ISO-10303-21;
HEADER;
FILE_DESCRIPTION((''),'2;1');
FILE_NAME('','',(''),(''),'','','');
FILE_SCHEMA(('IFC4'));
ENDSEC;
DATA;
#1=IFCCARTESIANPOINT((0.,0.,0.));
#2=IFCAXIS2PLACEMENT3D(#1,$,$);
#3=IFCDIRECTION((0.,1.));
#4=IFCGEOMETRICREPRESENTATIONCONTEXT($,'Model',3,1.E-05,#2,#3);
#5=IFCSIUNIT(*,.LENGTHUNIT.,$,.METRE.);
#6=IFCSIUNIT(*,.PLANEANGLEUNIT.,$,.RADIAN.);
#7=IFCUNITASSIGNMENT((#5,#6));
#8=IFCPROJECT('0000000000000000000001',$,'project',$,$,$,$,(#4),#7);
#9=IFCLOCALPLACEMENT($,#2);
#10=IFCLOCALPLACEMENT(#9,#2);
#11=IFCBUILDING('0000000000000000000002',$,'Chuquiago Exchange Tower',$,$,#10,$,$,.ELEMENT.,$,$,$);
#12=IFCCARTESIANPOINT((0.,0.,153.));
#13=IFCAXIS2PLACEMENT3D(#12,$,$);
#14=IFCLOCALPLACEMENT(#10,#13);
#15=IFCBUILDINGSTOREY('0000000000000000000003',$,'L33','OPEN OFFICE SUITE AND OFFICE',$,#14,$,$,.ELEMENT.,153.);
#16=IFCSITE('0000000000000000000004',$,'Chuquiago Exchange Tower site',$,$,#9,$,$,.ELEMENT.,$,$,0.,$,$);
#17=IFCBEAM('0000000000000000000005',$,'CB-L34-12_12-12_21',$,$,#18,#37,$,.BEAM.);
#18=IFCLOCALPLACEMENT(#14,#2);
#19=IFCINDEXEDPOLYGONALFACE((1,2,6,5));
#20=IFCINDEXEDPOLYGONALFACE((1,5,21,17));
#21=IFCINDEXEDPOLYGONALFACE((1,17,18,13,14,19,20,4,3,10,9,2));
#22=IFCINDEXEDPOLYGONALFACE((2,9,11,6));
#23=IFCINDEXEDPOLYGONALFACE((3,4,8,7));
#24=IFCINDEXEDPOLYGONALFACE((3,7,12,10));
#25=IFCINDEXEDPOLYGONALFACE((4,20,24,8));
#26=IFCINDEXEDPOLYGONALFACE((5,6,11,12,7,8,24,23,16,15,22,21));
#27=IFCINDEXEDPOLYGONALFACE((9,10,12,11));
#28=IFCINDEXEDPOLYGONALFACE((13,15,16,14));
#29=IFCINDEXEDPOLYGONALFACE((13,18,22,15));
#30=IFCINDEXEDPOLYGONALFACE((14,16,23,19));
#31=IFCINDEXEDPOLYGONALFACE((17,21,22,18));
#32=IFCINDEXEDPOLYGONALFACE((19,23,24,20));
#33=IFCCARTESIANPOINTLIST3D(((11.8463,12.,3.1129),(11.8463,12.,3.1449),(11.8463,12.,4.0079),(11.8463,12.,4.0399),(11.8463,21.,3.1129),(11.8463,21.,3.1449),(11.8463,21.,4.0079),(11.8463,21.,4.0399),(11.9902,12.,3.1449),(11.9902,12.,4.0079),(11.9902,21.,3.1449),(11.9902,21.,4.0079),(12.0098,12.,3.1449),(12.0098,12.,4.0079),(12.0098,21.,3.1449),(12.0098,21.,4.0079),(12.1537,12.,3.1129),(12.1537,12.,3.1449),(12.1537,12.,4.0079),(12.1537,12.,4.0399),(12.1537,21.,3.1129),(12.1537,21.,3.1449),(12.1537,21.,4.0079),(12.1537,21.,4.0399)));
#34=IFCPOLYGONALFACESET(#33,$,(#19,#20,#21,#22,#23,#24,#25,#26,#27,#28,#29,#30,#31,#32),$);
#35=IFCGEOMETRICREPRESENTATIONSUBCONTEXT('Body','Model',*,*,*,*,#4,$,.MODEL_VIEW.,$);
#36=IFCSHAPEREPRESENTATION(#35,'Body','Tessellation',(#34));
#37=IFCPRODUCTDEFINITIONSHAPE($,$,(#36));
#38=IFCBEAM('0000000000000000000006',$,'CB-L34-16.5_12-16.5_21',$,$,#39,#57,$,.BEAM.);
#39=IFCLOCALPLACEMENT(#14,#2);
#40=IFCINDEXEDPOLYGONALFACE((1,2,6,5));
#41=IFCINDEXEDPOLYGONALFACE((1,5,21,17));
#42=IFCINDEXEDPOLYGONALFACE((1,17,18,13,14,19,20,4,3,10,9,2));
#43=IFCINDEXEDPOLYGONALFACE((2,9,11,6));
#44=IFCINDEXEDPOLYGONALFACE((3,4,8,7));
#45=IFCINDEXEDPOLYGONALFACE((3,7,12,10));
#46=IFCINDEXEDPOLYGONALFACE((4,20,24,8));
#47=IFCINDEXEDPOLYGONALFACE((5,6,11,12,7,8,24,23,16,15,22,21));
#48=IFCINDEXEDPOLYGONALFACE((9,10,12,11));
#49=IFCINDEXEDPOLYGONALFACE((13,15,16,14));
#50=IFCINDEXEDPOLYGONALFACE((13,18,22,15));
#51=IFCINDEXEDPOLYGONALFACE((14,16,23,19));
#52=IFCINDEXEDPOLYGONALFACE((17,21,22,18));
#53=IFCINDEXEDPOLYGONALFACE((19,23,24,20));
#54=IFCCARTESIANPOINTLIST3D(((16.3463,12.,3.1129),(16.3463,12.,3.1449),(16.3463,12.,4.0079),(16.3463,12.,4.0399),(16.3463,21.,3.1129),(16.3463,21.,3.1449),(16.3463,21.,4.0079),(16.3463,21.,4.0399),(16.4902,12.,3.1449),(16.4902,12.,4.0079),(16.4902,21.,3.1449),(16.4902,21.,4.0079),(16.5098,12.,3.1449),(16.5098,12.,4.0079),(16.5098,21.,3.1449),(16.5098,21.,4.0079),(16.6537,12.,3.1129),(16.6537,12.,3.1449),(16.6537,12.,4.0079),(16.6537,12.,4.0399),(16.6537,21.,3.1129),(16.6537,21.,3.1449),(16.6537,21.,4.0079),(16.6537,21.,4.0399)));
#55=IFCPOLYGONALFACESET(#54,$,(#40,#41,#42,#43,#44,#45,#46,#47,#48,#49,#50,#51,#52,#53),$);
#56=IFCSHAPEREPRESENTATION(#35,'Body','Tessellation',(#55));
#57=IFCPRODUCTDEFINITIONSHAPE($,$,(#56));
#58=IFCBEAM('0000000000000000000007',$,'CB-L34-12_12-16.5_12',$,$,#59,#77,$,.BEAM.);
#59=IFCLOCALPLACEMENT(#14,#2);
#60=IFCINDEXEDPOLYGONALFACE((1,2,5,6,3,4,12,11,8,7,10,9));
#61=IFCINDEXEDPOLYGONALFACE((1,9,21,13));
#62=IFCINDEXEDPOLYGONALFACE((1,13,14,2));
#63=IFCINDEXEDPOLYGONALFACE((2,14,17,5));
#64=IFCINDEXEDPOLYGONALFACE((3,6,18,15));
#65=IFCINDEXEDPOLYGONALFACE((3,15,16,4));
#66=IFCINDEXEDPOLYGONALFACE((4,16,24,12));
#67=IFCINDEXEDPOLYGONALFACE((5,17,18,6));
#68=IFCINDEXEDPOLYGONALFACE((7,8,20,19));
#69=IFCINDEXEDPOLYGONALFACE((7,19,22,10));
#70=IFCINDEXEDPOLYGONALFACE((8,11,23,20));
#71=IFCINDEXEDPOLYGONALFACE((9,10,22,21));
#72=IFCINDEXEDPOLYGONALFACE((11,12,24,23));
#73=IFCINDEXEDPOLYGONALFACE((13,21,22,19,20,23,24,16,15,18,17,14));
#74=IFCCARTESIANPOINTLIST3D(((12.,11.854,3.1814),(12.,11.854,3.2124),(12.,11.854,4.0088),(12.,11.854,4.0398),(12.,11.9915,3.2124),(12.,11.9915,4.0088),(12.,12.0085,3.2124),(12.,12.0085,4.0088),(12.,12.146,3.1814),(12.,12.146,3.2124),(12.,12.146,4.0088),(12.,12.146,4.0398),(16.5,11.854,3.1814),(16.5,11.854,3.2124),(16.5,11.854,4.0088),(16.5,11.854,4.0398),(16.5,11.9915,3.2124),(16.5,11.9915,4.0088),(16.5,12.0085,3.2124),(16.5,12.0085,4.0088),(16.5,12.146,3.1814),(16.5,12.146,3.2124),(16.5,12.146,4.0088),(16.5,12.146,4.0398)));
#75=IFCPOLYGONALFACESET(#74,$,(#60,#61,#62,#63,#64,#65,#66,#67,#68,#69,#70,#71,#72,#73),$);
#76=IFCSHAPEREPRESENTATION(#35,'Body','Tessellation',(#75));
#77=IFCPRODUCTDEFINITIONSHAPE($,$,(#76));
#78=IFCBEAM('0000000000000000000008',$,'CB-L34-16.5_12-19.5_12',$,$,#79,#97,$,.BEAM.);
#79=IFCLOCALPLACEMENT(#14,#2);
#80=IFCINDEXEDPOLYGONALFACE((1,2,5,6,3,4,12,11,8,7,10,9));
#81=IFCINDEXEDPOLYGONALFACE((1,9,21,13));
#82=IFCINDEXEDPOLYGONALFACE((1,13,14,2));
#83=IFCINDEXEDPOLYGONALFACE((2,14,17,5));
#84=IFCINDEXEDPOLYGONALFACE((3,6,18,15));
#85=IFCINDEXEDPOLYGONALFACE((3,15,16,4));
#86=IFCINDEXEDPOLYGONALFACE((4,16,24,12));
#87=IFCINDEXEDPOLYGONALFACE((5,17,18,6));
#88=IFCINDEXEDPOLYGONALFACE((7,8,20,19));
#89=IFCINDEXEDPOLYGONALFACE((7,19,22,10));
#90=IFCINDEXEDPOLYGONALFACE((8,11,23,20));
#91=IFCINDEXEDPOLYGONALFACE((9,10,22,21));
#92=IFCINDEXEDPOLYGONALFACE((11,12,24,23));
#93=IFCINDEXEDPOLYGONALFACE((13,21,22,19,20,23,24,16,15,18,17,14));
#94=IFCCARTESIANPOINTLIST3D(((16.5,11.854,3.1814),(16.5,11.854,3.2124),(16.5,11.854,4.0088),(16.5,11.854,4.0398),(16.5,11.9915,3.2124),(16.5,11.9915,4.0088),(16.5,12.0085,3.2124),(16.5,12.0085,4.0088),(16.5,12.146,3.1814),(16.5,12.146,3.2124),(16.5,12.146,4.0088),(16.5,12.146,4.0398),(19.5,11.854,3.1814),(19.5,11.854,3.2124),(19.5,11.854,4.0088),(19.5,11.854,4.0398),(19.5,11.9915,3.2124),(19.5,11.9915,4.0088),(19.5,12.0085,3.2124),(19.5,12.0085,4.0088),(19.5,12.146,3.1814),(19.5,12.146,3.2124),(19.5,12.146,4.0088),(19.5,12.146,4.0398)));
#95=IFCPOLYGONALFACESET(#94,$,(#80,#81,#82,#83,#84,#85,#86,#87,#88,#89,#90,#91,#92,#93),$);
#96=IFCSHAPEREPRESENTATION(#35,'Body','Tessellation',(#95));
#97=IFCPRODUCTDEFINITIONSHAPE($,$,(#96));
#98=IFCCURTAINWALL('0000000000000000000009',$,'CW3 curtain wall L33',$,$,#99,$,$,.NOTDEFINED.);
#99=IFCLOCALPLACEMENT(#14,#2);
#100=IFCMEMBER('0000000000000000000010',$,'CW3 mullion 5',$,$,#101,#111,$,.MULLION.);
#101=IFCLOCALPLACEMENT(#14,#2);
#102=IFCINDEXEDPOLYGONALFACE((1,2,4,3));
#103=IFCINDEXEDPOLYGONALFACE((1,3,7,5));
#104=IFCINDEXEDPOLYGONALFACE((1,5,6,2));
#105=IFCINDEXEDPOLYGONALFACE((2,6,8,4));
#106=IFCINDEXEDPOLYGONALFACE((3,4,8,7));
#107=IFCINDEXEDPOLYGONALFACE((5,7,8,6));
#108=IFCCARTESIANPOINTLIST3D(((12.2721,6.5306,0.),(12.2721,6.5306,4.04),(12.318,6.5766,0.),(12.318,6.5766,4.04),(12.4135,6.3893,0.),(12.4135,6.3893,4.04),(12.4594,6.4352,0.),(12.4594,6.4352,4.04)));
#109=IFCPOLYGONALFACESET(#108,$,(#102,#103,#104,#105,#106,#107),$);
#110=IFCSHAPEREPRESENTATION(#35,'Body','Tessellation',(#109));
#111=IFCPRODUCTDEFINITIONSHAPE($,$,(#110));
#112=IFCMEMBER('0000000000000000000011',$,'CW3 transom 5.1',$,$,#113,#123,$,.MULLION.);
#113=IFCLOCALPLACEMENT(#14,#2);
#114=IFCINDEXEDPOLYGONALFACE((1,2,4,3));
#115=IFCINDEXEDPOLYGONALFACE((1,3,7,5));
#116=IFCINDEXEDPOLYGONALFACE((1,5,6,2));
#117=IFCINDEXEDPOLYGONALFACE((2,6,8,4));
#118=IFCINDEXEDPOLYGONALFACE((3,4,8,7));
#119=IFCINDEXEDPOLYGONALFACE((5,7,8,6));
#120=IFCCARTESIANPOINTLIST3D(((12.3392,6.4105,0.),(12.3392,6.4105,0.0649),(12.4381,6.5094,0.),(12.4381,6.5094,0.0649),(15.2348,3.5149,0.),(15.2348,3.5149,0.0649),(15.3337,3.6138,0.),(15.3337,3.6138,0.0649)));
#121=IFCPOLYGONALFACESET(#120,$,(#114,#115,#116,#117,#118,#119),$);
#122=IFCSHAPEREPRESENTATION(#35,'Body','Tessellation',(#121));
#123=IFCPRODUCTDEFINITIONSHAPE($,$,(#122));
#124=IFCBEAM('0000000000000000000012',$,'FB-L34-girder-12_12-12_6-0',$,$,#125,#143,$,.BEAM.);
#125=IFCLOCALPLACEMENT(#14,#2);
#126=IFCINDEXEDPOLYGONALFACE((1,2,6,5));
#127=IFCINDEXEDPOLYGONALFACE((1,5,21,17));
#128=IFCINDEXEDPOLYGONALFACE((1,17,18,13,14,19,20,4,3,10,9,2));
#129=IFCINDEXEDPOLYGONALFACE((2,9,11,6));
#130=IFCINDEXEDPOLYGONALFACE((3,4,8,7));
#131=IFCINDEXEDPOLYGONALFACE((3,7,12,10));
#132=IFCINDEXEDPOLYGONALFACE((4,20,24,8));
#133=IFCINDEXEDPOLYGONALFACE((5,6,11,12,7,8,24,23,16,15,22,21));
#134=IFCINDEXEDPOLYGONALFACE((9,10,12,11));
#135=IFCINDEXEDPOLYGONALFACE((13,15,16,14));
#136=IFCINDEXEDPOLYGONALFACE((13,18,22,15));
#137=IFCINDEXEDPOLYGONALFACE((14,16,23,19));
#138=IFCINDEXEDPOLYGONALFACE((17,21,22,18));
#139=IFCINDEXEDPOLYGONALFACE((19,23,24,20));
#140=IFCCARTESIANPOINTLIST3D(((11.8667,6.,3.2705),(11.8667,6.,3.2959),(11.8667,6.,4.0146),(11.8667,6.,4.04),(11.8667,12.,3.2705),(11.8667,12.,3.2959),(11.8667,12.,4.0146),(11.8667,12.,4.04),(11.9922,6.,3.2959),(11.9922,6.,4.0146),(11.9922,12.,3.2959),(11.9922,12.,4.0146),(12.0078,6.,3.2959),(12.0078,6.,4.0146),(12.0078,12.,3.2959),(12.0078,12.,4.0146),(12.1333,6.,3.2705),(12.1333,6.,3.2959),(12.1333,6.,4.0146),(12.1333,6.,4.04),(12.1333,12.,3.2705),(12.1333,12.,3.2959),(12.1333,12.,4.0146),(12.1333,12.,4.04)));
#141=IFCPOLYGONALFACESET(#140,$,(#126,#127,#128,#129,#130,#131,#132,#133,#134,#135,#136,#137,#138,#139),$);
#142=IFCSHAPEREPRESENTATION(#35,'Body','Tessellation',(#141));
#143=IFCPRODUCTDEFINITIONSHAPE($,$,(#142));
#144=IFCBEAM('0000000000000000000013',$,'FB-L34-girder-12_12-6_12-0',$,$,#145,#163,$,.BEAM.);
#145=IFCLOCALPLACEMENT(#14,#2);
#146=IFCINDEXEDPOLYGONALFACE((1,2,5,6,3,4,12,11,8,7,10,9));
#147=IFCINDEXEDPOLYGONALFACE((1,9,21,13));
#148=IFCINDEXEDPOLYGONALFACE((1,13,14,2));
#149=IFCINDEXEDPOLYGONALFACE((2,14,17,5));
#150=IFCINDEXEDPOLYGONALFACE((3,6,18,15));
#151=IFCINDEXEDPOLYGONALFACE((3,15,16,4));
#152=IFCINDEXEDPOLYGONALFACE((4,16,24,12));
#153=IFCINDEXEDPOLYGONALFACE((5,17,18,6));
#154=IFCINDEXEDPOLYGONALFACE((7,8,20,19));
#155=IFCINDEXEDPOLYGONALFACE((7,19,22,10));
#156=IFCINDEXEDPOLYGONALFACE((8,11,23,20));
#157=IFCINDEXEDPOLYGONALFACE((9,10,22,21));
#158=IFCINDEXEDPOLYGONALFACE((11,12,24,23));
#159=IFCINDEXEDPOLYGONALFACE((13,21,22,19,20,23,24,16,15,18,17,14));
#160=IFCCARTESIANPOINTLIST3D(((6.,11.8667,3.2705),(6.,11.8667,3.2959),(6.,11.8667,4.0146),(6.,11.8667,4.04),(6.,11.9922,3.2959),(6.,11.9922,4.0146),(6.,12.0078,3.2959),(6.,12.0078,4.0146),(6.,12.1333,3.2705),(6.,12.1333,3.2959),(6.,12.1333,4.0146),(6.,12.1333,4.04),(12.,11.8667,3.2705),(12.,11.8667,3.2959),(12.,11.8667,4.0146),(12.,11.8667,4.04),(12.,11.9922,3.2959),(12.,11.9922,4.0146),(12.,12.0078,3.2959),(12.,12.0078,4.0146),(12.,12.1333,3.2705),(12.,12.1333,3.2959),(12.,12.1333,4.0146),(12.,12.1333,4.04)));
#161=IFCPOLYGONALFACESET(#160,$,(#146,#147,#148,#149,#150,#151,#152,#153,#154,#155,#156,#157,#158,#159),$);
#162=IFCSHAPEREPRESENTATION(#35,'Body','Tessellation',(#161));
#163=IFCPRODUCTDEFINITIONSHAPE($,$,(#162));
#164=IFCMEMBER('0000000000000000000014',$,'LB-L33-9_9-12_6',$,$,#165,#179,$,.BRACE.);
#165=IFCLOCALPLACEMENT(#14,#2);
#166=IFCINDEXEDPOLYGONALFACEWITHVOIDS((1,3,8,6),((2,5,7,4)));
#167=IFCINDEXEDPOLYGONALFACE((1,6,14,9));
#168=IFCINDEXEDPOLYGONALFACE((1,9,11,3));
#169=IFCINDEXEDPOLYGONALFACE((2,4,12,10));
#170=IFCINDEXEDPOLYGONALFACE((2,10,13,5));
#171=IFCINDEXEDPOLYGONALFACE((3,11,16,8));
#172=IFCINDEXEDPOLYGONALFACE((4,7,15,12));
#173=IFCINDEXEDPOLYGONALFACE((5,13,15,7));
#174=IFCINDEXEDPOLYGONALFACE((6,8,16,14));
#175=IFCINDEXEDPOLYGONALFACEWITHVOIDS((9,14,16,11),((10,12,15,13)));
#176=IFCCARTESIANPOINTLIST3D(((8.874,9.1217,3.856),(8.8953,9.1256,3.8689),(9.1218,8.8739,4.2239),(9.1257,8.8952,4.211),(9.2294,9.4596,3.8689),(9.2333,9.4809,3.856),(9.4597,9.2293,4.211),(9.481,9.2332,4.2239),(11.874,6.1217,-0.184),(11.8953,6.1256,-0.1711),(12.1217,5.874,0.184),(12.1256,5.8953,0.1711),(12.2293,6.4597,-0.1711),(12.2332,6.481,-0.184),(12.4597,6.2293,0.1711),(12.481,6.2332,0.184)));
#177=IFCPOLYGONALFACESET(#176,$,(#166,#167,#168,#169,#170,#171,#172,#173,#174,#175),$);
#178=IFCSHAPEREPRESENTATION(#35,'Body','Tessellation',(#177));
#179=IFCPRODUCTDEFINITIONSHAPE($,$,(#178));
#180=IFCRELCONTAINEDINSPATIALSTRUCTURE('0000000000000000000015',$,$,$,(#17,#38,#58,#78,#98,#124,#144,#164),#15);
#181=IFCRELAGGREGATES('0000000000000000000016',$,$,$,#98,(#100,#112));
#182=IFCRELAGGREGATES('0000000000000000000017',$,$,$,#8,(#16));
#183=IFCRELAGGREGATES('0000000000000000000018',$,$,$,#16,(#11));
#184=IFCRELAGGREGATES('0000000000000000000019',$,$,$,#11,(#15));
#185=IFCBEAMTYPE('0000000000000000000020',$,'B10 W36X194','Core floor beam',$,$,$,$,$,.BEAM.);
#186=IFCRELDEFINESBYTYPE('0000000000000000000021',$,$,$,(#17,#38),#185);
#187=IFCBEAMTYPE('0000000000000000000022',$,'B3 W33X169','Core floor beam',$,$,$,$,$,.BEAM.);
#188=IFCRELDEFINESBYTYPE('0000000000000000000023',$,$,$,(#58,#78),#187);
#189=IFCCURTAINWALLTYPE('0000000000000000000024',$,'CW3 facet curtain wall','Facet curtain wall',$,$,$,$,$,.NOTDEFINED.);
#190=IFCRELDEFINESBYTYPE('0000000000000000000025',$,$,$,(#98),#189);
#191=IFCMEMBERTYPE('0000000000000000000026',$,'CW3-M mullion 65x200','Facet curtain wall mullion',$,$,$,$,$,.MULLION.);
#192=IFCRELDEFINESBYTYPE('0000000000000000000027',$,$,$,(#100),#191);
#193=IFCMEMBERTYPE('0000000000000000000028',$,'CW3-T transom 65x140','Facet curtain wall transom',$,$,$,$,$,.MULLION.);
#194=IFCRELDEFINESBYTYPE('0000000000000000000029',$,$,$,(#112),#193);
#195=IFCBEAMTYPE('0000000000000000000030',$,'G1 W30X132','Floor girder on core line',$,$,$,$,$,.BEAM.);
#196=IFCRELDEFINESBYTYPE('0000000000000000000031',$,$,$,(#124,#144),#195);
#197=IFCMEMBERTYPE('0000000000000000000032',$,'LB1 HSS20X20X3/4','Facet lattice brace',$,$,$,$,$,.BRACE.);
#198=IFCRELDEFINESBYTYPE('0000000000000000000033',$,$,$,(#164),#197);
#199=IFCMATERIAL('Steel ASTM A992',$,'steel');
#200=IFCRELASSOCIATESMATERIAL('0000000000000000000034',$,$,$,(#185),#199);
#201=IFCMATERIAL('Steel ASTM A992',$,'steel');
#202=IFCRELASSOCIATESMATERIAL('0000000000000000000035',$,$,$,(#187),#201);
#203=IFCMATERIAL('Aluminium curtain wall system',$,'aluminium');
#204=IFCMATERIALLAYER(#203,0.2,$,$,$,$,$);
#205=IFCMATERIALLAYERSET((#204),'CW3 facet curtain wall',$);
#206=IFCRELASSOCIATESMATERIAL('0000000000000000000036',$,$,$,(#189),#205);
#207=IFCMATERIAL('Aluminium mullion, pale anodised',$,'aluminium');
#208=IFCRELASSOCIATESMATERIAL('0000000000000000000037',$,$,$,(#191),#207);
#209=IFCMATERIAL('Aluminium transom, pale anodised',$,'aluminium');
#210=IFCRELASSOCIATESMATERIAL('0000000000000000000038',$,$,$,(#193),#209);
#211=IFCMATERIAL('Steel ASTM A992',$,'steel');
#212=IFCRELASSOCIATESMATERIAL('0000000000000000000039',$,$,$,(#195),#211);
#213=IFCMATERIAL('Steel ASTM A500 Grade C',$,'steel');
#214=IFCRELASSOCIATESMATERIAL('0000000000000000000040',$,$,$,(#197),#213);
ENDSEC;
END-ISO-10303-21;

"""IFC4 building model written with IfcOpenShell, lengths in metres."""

from ifc_helpers import new_model, si_unit, direction, frame, origin, origin_2d, place, context, subcontext, project, spatial, rectangle, hollow_rectangle, i_section, extrude, material, layer, layer_set, material_profile, profile_set, type_object, element, aggregate, save


model = new_model("IFC4")

# Units and contexts
model_context = context("Model", 3, precision=1e-05, world=origin(), true_north=direction((0.0, 1.0)))
body_context = subcontext(model_context, "Body", "Model", "MODEL_VIEW")
ifc_project = project(units=[si_unit("LENGTHUNIT", "METRE"), si_unit("PLANEANGLEUNIT", "RADIAN")], contexts=[model_context])

# Site, building, storey
site_placement = place(None, origin())
site = spatial("IfcSite", under=ifc_project, at=site_placement, Name="Chuquiago Exchange Tower site", CompositionType="ELEMENT", RefElevation=0.0)
building_placement = place(site_placement, origin())
building = spatial("IfcBuilding", under=site, at=building_placement, Name="Chuquiago Exchange Tower", CompositionType="ELEMENT")
storey_placement = place(building_placement, frame((0.0, 0.0, 153.0)))
storey = spatial("IfcBuildingStorey", under=building, at=storey_placement, Name="L33", Description="OPEN OFFICE SUITE AND OFFICE", CompositionType="ELEMENT", Elevation=153.0)

# Beams
ifc_material_1 = material(Name="Steel ASTM A992", Category="steel")
ifc_material_profile_1 = material_profile(ifc_material_1, i_section(OverallWidth=0.3074, OverallDepth=0.927, WebThickness=0.0195, FlangeThickness=0.032, at=origin_2d()), Name="W36X194")
ifc_profile_set_1 = profile_set([ifc_material_profile_1], Name="Steel ASTM A992")
beam_type_1 = type_object("IfcBeamType", Name="B10 W36X194", Description="Core floor beam", PredefinedType="BEAM", material=ifc_profile_set_1)
for number, where, z_axis, x_axis, name in (
    (1, (12.0, 12.0, 3.5764), (0.0, 1.0, 0.0), (-1.0, 0.0, 0.0), "CB-L34-12_12-12_21"),
    (2, (16.5, 12.0, 3.5764), (0.0, 1.0, 0.0), (-1.0, 0.0, 0.0), "CB-L34-16.5_12-16.5_21"),
):
    element("IfcBeam", number, at=place(storey_placement, frame(where, z_axis=z_axis, x_axis=x_axis)), inside=storey, type_object=beam_type_1, Name=name, PredefinedType="BEAM", context=body_context, shape_type="SweptSolid", body=[
        extrude(i_section(OverallWidth=0.3074, OverallDepth=0.927, WebThickness=0.0195, FlangeThickness=0.032, at=origin_2d()), origin(), (0.0, 0.0, 1.0), 9.0),
    ])
ifc_material_2 = material(Name="Steel ASTM A992", Category="steel")
ifc_material_profile_2 = material_profile(ifc_material_2, i_section(OverallWidth=0.292, OverallDepth=0.8584, WebThickness=0.0171, FlangeThickness=0.031, at=origin_2d()), Name="W33X169")
ifc_profile_set_2 = profile_set([ifc_material_profile_2], Name="Steel ASTM A992")
beam_type_2 = type_object("IfcBeamType", Name="B3 W33X169", Description="Core floor beam", PredefinedType="BEAM", material=ifc_profile_set_2)
beam_1_placement = place(storey_placement, frame((12.0, 12.0, 3.6106), z_axis=(1.0, 0.0, 0.0), x_axis=(0.0, 1.0, 0.0)))
element("IfcBeam", 3, at=beam_1_placement, inside=storey, type_object=beam_type_2, Name="CB-L34-12_12-16.5_12", PredefinedType="BEAM", context=body_context, shape_type="SweptSolid", body=[
    extrude(i_section(OverallWidth=0.292, OverallDepth=0.8584, WebThickness=0.0171, FlangeThickness=0.031, at=origin_2d()), origin(), (0.0, 0.0, 1.0), 4.5),
])
beam_2_placement = place(storey_placement, frame((16.5, 12.0, 3.6106), z_axis=(1.0, 0.0, 0.0), x_axis=(0.0, 1.0, 0.0)))
element("IfcBeam", 4, at=beam_2_placement, inside=storey, type_object=beam_type_2, Name="CB-L34-16.5_12-19.5_12", PredefinedType="BEAM", context=body_context, shape_type="SweptSolid", body=[
    extrude(i_section(OverallWidth=0.292, OverallDepth=0.8584, WebThickness=0.0171, FlangeThickness=0.031, at=origin_2d()), origin(), (0.0, 0.0, 1.0), 3.0),
])

# Curtain wall, members
ifc_material_3 = material(Name="Aluminium curtain wall system", Category="aluminium")
ifc_layer_1 = layer(ifc_material_3, 0.2)
ifc_layer_set_1 = layer_set([ifc_layer_1], Name="CW3 facet curtain wall")
curtain_wall_type = type_object("IfcCurtainWallType", Name="CW3 facet curtain wall", Description="Facet curtain wall", PredefinedType="NOTDEFINED", material=ifc_layer_set_1)
curtain_wall_placement = place(storey_placement, origin())
curtain_wall = element("IfcCurtainWall", 5, at=curtain_wall_placement, inside=storey, type_object=curtain_wall_type, Name="CW3 curtain wall L33", PredefinedType="NOTDEFINED")
ifc_material_4 = material(Name="Aluminium mullion, pale anodised", Category="aluminium")
ifc_material_profile_3 = material_profile(ifc_material_4, rectangle(XDim=0.0649, YDim=0.2, at=origin_2d()), Name="AL 65x200")
ifc_profile_set_3 = profile_set([ifc_material_profile_3], Name="Aluminium mullion, pale anodised")
member_type_1 = type_object("IfcMemberType", Name="CW3-M mullion 65x200", Description="Facet curtain wall mullion", PredefinedType="MULLION", material=ifc_profile_set_3)
member_1_placement = place(storey_placement, frame((12.3657, 6.4829, 0.0), z_axis=(0.0, 0.0, 1.0), x_axis=(0.707107, 0.707107, 0.0)))
member_1 = element("IfcMember", 6, at=member_1_placement, type_object=member_type_1, Name="CW3 mullion 5", PredefinedType="MULLION", context=body_context, shape_type="SweptSolid", body=[
    extrude(rectangle(XDim=0.0649, YDim=0.2, at=origin_2d()), origin(), (0.0, 0.0, 1.0), 4.04),
])
ifc_material_5 = material(Name="Aluminium transom, pale anodised", Category="aluminium")
ifc_material_profile_4 = material_profile(ifc_material_5, rectangle(XDim=0.1399, YDim=0.0649, at=origin_2d()), Name="AL 140x65")
ifc_profile_set_4 = profile_set([ifc_material_profile_4], Name="Aluminium transom, pale anodised")
member_type_2 = type_object("IfcMemberType", Name="CW3-T transom 65x140", Description="Facet curtain wall transom", PredefinedType="MULLION", material=ifc_profile_set_4)
member_2_placement = place(storey_placement, frame((12.3887, 6.46, 0.0325), z_axis=(0.707107, -0.707107, 0.0), x_axis=(0.707107, 0.707107, 0.0)))
member_2 = element("IfcMember", 7, at=member_2_placement, type_object=member_type_2, Name="CW3 transom 5.1", PredefinedType="MULLION", context=body_context, shape_type="SweptSolid", body=[
    extrude(rectangle(XDim=0.1399, YDim=0.0649, at=origin_2d()), origin(), (0.0, 0.0, 1.0), 4.095),
])

# Beams
ifc_material_6 = material(Name="Steel ASTM A992", Category="steel")
ifc_material_profile_5 = material_profile(ifc_material_6, i_section(OverallWidth=0.2666, OverallDepth=0.7695, WebThickness=0.0156, FlangeThickness=0.0254, at=origin_2d()), Name="W30X132")
ifc_profile_set_5 = profile_set([ifc_material_profile_5], Name="Steel ASTM A992")
beam_type_3 = type_object("IfcBeamType", Name="G1 W30X132", Description="Floor girder on core line", PredefinedType="BEAM", material=ifc_profile_set_5)
for number, where, z_axis, x_axis, name in (
    (8, (12.0, 12.0, 3.6553), (0.0, -1.0, 0.0), (1.0, 0.0, 0.0), "FB-L34-girder-12_12-12_6-0"),
    (9, (12.0, 12.0, 3.6553), (-1.0, 0.0, 0.0), (0.0, -1.0, 0.0), "FB-L34-girder-12_12-6_12-0"),
):
    element("IfcBeam", number, at=place(storey_placement, frame(where, z_axis=z_axis, x_axis=x_axis)), inside=storey, type_object=beam_type_3, Name=name, PredefinedType="BEAM", context=body_context, shape_type="SweptSolid", body=[
        extrude(i_section(OverallWidth=0.2666, OverallDepth=0.7695, WebThickness=0.0156, FlangeThickness=0.0254, at=origin_2d()), origin(), (0.0, 0.0, 1.0), 6.0),
    ])

# Member
ifc_material_7 = material(Name="Steel ASTM A500 Grade C", Category="steel")
ifc_material_profile_6 = material_profile(ifc_material_7, hollow_rectangle(XDim=0.5081, YDim=0.5081, WallThickness=0.0178, at=origin_2d()), Name="HSS20X20X3/4")
ifc_profile_set_6 = profile_set([ifc_material_profile_6], Name="Steel ASTM A500 Grade C")
member_type_3 = type_object("IfcMemberType", Name="LB1 HSS20X20X3/4", Description="Facet lattice brace", PredefinedType="BRACE", material=ifc_profile_set_6)
for number, where, z_axis, x_axis, name in (
    (10, (12.1775, 6.1775, 0.0), (-0.512077, 0.512077, 0.689604), (-0.707107, -0.707107, 0.0), "LB-L33-9_9-12_6"),
):
    element("IfcMember", number, at=place(storey_placement, frame(where, z_axis=z_axis, x_axis=x_axis)), inside=storey, type_object=member_type_3, Name=name, PredefinedType="BRACE", context=body_context, shape_type="SweptSolid", body=[
        extrude(hollow_rectangle(XDim=0.5081, YDim=0.5081, WallThickness=0.0178, at=origin_2d()), origin(), (0.0, 0.0, 1.0), 5.8584),
    ])

aggregate(curtain_wall, [member_1, member_2])

save(model, "model.ifc")
